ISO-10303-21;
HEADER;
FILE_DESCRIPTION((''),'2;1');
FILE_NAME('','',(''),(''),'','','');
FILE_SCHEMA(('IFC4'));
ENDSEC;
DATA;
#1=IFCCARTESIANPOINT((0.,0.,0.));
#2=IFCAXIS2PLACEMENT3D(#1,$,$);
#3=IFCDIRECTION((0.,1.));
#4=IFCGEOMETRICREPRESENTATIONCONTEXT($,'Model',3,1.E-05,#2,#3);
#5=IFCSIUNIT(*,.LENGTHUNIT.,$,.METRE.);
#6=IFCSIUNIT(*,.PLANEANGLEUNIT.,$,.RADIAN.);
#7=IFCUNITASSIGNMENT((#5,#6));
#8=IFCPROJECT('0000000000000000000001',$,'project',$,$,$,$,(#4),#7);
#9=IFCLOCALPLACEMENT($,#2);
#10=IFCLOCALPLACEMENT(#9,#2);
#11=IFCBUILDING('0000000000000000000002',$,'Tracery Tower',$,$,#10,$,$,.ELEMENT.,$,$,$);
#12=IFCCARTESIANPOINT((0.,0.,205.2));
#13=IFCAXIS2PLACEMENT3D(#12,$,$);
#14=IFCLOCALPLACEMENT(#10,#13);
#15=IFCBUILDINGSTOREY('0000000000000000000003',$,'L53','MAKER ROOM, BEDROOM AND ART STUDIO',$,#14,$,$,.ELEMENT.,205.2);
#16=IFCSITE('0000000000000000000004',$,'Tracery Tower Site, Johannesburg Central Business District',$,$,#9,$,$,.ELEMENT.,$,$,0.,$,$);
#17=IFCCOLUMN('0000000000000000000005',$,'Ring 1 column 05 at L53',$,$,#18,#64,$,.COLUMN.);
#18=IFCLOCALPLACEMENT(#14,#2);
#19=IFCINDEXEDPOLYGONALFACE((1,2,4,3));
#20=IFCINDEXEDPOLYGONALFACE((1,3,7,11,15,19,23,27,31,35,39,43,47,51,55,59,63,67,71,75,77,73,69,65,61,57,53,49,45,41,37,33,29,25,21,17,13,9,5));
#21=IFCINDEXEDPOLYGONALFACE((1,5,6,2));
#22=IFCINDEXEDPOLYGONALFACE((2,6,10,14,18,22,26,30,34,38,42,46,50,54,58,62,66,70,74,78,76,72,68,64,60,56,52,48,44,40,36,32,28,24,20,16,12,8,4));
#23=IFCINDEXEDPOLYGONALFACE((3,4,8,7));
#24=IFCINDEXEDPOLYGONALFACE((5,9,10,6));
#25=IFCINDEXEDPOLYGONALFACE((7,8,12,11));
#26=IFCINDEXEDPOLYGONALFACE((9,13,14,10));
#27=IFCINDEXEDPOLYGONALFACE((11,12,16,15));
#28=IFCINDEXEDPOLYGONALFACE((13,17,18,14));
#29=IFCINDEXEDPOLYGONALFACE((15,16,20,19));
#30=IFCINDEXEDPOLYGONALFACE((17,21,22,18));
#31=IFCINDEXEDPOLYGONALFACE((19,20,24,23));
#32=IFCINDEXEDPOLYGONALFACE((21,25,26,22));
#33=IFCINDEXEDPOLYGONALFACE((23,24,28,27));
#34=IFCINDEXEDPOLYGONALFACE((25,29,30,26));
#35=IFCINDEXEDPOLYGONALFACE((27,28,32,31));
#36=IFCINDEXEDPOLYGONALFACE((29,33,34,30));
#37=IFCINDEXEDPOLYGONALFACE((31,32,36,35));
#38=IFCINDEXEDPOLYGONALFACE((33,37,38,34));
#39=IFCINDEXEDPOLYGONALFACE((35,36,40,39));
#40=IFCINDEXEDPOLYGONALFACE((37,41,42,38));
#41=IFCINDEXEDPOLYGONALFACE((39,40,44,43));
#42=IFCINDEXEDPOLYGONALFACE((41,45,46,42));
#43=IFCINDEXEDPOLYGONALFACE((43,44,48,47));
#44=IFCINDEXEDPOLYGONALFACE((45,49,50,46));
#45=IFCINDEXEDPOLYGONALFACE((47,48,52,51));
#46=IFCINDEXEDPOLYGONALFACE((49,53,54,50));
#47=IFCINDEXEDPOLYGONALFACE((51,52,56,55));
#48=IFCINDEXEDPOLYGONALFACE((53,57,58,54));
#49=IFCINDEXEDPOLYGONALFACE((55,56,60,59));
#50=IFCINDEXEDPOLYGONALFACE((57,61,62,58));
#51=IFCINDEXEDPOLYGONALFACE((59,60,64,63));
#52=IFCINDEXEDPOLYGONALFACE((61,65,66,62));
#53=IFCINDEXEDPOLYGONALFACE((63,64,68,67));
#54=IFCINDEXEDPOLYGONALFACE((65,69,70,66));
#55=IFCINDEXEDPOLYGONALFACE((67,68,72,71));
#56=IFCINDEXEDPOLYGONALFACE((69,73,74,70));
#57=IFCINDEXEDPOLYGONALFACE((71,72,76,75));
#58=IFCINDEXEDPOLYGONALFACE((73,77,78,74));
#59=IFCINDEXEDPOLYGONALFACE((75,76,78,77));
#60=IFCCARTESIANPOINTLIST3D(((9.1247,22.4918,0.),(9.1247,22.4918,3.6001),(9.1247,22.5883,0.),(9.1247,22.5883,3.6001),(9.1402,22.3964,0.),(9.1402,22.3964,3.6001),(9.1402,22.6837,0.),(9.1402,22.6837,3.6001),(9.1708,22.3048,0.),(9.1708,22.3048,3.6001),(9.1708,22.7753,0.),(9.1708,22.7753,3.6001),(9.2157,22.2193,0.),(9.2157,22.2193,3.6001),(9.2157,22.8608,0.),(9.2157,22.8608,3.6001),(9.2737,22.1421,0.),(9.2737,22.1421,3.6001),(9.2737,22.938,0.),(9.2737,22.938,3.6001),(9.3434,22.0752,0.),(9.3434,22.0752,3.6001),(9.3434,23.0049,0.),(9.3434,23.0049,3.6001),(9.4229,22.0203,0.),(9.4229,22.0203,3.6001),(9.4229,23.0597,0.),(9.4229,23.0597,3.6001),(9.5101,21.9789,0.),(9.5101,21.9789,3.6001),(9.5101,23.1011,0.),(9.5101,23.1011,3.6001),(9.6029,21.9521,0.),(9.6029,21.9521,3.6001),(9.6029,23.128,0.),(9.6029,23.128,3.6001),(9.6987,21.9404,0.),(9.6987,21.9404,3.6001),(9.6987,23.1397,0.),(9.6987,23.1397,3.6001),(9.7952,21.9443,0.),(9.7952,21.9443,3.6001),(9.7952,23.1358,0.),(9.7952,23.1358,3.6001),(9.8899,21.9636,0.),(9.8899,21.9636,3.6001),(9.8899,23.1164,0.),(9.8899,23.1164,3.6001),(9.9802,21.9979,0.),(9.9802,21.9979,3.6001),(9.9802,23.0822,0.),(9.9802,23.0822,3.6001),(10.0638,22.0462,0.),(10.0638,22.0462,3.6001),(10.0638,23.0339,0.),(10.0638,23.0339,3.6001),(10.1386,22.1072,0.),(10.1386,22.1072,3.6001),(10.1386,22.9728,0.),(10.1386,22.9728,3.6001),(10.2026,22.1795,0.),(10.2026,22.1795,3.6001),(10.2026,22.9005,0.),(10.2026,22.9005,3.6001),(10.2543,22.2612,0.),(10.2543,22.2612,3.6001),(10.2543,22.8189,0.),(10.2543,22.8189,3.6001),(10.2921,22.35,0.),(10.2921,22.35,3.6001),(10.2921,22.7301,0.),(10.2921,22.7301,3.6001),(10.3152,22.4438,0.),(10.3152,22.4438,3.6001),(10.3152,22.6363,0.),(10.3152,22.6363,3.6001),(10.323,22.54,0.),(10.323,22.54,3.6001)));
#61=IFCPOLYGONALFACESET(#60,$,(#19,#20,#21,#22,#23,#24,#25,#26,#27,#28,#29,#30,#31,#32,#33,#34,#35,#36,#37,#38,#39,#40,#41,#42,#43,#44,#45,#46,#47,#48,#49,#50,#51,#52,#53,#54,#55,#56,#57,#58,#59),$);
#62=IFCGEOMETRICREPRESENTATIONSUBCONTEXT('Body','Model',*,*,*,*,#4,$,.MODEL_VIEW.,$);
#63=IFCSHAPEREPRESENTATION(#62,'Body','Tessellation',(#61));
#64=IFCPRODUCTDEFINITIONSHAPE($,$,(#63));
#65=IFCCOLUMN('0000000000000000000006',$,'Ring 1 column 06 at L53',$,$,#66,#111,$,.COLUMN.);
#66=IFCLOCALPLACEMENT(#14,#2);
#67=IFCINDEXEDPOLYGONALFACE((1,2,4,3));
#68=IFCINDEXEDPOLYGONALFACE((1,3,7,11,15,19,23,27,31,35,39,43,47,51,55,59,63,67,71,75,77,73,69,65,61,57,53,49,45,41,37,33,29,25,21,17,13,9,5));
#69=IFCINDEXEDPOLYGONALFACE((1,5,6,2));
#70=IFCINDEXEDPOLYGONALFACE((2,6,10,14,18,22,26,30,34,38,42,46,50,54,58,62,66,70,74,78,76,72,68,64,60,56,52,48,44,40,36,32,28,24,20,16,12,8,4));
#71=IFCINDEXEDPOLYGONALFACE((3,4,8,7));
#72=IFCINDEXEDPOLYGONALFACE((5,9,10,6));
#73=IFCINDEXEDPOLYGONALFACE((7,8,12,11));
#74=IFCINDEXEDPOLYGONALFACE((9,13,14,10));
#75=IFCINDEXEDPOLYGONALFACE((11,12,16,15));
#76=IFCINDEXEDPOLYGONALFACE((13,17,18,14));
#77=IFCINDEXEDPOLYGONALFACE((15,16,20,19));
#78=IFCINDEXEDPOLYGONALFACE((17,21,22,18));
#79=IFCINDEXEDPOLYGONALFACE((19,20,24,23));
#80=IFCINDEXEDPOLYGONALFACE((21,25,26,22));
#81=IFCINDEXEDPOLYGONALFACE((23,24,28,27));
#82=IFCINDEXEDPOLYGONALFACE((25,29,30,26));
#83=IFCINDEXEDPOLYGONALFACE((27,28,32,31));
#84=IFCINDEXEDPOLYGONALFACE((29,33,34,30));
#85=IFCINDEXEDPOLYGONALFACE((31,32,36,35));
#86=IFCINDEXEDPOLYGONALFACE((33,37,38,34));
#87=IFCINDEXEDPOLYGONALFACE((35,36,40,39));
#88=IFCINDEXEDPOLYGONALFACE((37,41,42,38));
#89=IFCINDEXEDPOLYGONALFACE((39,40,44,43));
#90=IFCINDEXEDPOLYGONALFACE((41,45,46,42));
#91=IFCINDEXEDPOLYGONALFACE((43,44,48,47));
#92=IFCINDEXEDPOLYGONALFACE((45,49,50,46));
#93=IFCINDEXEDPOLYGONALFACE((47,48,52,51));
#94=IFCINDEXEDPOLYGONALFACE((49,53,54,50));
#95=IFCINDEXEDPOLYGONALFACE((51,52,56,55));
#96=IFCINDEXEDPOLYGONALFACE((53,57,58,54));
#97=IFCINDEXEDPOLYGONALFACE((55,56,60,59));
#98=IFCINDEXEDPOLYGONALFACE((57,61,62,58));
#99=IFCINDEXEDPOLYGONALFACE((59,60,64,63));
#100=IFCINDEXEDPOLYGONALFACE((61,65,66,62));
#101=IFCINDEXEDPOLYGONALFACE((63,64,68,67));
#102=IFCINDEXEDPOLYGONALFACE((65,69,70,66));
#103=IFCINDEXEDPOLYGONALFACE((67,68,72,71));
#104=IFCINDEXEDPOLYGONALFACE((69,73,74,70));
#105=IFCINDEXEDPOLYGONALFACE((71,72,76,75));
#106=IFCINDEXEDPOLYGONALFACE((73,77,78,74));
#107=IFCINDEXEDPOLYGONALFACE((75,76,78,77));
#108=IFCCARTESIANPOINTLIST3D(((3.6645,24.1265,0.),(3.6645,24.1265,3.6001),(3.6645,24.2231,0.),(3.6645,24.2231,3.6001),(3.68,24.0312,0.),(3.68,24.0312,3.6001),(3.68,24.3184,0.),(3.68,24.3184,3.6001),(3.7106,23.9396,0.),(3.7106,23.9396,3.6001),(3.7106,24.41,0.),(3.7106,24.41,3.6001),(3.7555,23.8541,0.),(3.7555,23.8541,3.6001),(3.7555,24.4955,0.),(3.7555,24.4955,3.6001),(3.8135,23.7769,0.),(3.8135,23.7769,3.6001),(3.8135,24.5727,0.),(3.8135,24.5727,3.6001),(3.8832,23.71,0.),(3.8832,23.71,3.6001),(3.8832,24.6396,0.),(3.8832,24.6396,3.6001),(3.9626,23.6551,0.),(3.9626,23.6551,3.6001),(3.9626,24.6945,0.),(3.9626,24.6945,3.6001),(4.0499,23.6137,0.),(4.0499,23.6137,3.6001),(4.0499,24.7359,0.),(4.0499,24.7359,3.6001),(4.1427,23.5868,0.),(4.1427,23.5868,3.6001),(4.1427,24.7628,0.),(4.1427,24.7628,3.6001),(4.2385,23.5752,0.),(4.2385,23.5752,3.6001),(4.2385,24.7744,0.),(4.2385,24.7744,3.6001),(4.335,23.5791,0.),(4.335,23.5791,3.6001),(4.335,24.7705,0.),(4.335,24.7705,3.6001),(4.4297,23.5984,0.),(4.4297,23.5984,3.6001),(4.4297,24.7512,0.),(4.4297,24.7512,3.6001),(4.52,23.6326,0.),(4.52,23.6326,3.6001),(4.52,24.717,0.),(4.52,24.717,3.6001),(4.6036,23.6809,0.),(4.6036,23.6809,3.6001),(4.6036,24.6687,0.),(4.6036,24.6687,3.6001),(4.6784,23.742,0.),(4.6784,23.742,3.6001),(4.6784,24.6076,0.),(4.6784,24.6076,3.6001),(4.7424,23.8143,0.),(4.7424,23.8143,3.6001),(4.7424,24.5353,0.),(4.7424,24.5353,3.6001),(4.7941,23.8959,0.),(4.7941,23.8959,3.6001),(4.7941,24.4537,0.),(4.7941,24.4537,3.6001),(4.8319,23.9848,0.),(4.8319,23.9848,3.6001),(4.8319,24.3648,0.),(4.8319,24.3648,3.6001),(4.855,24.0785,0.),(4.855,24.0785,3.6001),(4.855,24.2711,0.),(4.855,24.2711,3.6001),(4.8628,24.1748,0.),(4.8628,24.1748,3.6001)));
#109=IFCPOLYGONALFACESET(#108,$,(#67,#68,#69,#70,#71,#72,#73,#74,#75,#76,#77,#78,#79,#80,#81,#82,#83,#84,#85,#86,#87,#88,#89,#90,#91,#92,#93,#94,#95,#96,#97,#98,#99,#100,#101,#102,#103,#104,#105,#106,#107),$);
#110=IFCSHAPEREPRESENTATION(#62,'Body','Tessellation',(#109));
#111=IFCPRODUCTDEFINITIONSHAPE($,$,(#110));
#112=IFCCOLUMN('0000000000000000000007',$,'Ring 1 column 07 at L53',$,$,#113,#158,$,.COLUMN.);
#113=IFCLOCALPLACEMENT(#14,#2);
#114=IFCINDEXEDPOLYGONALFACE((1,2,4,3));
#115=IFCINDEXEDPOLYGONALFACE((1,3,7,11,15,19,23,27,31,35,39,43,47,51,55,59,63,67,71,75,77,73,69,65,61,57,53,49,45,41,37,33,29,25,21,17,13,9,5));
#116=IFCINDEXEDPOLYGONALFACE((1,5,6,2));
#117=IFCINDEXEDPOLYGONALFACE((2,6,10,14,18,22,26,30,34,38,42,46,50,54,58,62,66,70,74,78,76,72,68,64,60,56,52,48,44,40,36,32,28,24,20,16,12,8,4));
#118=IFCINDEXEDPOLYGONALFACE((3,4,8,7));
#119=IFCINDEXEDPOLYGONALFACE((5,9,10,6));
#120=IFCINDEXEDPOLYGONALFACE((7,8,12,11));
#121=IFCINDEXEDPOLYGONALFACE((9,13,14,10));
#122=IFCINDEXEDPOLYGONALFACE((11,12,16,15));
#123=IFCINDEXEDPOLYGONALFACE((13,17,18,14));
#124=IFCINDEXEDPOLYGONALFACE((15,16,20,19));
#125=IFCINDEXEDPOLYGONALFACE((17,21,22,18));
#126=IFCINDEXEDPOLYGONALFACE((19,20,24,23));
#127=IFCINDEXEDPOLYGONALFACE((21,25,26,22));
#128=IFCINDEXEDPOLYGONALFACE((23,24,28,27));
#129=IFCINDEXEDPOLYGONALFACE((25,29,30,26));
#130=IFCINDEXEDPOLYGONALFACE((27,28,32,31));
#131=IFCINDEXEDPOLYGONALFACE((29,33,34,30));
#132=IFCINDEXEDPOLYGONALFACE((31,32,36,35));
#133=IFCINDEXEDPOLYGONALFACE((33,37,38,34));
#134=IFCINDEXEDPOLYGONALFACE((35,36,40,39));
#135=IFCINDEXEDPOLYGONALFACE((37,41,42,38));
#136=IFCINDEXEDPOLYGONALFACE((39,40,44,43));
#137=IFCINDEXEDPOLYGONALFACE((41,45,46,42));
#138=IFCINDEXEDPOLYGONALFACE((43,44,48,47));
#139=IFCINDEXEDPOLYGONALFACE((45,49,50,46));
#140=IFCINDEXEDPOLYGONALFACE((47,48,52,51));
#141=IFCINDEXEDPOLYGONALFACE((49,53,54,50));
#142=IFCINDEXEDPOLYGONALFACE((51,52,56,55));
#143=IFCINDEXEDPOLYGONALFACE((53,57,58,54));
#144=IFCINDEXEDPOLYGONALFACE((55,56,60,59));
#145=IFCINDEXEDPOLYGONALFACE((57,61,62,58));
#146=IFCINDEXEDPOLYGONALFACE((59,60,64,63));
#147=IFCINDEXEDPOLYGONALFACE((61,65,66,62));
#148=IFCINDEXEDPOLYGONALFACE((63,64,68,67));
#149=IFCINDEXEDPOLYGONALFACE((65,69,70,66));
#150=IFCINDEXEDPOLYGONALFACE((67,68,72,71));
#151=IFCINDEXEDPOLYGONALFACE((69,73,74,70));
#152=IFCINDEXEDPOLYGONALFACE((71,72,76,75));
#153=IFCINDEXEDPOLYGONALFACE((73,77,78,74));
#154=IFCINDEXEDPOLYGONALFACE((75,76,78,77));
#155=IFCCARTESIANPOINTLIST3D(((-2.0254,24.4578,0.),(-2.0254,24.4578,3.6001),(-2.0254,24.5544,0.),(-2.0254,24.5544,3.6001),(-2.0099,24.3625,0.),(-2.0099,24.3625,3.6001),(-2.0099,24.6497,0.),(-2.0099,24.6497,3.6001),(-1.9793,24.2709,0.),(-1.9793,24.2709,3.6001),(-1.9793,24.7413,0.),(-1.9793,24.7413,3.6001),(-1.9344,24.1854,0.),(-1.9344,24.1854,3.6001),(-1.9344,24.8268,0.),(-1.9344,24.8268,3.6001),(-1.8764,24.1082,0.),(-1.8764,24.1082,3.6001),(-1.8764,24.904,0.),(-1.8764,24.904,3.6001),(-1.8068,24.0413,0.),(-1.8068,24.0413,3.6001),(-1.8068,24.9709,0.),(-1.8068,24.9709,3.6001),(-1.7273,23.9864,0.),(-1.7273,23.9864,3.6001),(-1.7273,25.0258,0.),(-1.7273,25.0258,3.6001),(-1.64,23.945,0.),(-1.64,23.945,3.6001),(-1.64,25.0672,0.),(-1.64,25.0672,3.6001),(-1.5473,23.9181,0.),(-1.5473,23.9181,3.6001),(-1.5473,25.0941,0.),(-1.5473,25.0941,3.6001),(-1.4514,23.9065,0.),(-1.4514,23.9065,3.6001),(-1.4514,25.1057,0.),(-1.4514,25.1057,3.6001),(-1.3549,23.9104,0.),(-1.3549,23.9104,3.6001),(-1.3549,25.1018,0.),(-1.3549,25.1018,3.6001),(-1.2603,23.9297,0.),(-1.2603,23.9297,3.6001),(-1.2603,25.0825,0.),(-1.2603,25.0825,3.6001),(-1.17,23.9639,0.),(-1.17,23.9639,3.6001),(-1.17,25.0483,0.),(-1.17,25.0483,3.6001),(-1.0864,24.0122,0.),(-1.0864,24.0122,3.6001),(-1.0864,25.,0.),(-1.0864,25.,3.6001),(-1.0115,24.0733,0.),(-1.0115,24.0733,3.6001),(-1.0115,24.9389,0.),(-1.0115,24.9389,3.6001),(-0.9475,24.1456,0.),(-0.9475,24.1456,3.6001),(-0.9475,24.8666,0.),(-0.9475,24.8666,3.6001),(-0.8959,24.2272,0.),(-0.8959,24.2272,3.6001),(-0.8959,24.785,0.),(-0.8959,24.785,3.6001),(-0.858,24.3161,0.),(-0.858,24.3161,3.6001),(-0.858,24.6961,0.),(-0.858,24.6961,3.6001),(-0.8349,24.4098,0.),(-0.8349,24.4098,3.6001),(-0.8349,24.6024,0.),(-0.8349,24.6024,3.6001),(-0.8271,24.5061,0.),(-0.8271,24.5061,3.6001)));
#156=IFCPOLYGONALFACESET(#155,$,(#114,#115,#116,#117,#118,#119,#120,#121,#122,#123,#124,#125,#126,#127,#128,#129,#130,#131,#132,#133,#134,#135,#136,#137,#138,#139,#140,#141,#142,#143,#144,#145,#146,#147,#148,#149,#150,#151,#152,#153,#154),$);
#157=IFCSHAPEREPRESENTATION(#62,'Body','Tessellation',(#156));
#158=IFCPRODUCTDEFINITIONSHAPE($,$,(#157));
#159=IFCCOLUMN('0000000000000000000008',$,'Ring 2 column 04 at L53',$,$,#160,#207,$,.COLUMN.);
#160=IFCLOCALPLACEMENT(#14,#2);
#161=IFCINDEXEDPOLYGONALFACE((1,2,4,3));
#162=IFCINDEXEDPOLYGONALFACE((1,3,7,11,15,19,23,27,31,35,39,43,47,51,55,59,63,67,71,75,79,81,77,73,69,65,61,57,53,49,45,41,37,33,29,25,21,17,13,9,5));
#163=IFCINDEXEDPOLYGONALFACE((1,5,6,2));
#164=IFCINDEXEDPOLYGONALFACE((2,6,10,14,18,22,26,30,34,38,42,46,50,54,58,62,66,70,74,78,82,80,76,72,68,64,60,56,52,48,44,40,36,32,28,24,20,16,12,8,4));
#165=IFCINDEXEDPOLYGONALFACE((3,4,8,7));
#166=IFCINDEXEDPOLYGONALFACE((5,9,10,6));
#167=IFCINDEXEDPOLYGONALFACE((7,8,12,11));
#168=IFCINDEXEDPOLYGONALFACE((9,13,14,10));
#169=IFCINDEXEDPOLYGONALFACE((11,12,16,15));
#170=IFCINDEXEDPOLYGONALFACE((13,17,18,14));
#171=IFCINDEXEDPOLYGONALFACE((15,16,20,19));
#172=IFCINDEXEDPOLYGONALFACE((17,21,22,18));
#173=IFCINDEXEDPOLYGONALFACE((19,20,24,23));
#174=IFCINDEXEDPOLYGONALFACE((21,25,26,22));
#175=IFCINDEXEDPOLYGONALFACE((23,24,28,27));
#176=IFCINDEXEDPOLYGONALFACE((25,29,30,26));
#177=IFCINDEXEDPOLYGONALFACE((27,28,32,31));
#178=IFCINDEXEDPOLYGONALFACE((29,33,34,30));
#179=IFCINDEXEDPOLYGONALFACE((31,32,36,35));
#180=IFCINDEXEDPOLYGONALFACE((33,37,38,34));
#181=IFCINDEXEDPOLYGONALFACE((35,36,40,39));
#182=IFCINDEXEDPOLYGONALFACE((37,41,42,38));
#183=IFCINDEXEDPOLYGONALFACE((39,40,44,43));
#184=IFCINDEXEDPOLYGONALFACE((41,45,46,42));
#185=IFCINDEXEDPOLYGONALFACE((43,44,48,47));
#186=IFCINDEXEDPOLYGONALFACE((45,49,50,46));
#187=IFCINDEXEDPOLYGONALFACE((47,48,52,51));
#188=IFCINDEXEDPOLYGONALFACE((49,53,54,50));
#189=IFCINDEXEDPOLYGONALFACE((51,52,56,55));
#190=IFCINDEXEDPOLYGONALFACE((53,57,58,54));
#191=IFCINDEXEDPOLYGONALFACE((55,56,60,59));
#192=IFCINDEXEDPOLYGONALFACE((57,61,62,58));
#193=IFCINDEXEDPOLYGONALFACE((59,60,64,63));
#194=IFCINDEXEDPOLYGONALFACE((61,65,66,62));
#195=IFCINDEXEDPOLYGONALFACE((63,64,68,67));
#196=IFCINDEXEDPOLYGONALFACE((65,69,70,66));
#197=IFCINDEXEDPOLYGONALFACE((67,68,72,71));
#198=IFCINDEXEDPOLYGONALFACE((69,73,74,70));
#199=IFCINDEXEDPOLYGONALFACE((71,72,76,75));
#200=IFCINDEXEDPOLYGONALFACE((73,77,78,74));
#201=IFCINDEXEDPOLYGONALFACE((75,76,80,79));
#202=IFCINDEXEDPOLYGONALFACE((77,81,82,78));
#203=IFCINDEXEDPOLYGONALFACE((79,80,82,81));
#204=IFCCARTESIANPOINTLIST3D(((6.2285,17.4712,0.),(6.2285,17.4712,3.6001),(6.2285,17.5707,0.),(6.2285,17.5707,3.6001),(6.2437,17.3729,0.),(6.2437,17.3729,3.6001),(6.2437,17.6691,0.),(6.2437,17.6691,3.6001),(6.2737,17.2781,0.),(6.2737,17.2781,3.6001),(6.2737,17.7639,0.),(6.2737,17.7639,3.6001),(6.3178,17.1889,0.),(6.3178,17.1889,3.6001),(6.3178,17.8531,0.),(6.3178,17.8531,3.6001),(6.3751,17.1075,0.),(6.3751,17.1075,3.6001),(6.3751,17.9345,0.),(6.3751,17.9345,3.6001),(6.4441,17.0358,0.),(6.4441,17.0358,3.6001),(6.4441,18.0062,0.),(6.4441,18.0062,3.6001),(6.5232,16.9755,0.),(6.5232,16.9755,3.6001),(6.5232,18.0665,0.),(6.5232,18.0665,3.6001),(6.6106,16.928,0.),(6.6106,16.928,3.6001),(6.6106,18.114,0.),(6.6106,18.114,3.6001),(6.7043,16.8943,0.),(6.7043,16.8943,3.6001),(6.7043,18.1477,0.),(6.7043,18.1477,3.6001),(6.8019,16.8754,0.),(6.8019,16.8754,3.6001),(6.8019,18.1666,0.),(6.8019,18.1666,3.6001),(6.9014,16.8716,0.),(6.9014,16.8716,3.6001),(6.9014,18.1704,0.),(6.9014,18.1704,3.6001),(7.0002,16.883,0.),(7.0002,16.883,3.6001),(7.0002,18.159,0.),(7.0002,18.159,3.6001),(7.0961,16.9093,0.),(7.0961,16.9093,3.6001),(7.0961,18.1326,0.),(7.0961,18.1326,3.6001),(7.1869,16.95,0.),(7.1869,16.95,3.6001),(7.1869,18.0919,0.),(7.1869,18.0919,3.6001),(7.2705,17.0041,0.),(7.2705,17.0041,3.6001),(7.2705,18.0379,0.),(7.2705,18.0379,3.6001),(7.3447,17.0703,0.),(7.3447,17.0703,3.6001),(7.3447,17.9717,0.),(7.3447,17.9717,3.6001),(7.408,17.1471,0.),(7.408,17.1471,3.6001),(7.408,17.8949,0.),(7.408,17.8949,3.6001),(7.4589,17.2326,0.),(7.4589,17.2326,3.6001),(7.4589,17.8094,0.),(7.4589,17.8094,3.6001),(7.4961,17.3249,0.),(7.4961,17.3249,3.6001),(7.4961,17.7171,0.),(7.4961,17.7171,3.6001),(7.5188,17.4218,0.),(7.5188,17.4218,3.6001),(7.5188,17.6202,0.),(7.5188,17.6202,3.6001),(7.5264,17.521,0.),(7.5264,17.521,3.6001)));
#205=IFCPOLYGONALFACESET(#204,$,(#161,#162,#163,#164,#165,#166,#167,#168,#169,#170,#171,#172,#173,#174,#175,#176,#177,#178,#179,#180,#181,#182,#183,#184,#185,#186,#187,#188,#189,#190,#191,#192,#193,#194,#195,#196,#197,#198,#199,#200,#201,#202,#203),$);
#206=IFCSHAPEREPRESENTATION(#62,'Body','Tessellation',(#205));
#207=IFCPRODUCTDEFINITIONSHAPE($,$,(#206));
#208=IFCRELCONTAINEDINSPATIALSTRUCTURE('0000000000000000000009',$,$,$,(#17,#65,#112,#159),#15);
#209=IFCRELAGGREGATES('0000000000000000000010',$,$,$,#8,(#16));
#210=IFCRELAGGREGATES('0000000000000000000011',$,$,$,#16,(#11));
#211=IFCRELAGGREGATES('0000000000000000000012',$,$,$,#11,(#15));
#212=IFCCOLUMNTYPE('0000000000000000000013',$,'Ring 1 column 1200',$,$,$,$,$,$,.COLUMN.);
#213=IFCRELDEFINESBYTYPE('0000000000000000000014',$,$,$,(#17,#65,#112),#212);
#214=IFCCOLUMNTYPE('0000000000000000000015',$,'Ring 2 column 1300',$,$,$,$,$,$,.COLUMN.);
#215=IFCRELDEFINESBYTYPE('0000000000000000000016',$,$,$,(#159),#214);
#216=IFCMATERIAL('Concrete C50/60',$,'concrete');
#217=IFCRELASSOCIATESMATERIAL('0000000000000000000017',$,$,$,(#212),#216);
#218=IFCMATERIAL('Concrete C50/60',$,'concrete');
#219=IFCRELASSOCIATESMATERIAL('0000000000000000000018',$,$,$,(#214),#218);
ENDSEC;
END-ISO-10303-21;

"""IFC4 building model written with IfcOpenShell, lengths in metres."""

from ifc_helpers import new_model, si_unit, direction, frame, origin, origin_2d, place, context, subcontext, project, spatial, circle, extrude, material, material_profile, profile_set, type_object, element, save


model = new_model("IFC4")

# Units and contexts
model_context = context("Model", 3, precision=1e-05, world=origin(), true_north=direction((0.0, 1.0)))
body_context = subcontext(model_context, "Body", "Model", "MODEL_VIEW")
ifc_project = project(units=[si_unit("LENGTHUNIT", "METRE"), si_unit("PLANEANGLEUNIT", "RADIAN")], contexts=[model_context])

# Site, building, storey
site_placement = place(None, origin())
site = spatial("IfcSite", under=ifc_project, at=site_placement, Name="Tracery Tower Site, Johannesburg Central Business District", CompositionType="ELEMENT", RefElevation=0.0)
building_placement = place(site_placement, origin())
building = spatial("IfcBuilding", under=site, at=building_placement, Name="Tracery Tower", CompositionType="ELEMENT")
storey_placement = place(building_placement, frame((0.0, 0.0, 205.2)))
storey = spatial("IfcBuildingStorey", under=building, at=storey_placement, Name="L53", Description="MAKER ROOM, BEDROOM AND ART STUDIO", CompositionType="ELEMENT", Elevation=205.2)

# Columns
ifc_material_1 = material(Name="Concrete C50/60", Category="concrete")
ifc_material_profile_1 = material_profile(ifc_material_1, circle(Radius=0.6001, at=origin_2d()), Name="RC D1200")
ifc_profile_set_1 = profile_set([ifc_material_profile_1], Name="Concrete C50/60")
column_type_1 = type_object("IfcColumnType", Name="Ring 1 column 1200", PredefinedType="COLUMN", material=ifc_profile_set_1)
for number, where, z_axis, x_axis, name in (
    (1, (9.7229, 22.54, 0.0), (0.0, 0.0, 1.0), (1.0, 0.0, 0.0), "Ring 1 column 05 at L53"),
    (2, (4.2627, 24.1748, 0.0), (0.0, 0.0, 1.0), (1.0, 0.0, 0.0), "Ring 1 column 06 at L53"),
    (3, (-1.4272, 24.5061, 0.0), (0.0, 0.0, 1.0), (1.0, 0.0, 0.0), "Ring 1 column 07 at L53"),
):
    element("IfcColumn", number, at=place(storey_placement, frame(where, z_axis=z_axis, x_axis=x_axis)), inside=storey, type_object=column_type_1, Name=name, PredefinedType="COLUMN", context=body_context, shape_type="SweptSolid", body=[
        extrude(circle(Radius=0.6001, at=origin_2d()), origin(), (0.0, 0.0, 1.0), 3.6001),
    ])
ifc_material_2 = material(Name="Concrete C50/60", Category="concrete")
ifc_material_profile_2 = material_profile(ifc_material_2, circle(Radius=0.6499, at=origin_2d()), Name="RC D1300")
ifc_profile_set_2 = profile_set([ifc_material_profile_2], Name="Concrete C50/60")
column_type_2 = type_object("IfcColumnType", Name="Ring 2 column 1300", PredefinedType="COLUMN", material=ifc_profile_set_2)
for number, where, z_axis, x_axis, name in (
    (4, (6.8765, 17.521, 0.0), (0.0, 0.0, 1.0), (1.0, 0.0, 0.0), "Ring 2 column 04 at L53"),
):
    element("IfcColumn", number, at=place(storey_placement, frame(where, z_axis=z_axis, x_axis=x_axis)), inside=storey, type_object=column_type_2, Name=name, PredefinedType="COLUMN", context=body_context, shape_type="SweptSolid", body=[
        extrude(circle(Radius=0.6499, at=origin_2d()), origin(), (0.0, 0.0, 1.0), 3.6001),
    ])

save(model, "model.ifc")
